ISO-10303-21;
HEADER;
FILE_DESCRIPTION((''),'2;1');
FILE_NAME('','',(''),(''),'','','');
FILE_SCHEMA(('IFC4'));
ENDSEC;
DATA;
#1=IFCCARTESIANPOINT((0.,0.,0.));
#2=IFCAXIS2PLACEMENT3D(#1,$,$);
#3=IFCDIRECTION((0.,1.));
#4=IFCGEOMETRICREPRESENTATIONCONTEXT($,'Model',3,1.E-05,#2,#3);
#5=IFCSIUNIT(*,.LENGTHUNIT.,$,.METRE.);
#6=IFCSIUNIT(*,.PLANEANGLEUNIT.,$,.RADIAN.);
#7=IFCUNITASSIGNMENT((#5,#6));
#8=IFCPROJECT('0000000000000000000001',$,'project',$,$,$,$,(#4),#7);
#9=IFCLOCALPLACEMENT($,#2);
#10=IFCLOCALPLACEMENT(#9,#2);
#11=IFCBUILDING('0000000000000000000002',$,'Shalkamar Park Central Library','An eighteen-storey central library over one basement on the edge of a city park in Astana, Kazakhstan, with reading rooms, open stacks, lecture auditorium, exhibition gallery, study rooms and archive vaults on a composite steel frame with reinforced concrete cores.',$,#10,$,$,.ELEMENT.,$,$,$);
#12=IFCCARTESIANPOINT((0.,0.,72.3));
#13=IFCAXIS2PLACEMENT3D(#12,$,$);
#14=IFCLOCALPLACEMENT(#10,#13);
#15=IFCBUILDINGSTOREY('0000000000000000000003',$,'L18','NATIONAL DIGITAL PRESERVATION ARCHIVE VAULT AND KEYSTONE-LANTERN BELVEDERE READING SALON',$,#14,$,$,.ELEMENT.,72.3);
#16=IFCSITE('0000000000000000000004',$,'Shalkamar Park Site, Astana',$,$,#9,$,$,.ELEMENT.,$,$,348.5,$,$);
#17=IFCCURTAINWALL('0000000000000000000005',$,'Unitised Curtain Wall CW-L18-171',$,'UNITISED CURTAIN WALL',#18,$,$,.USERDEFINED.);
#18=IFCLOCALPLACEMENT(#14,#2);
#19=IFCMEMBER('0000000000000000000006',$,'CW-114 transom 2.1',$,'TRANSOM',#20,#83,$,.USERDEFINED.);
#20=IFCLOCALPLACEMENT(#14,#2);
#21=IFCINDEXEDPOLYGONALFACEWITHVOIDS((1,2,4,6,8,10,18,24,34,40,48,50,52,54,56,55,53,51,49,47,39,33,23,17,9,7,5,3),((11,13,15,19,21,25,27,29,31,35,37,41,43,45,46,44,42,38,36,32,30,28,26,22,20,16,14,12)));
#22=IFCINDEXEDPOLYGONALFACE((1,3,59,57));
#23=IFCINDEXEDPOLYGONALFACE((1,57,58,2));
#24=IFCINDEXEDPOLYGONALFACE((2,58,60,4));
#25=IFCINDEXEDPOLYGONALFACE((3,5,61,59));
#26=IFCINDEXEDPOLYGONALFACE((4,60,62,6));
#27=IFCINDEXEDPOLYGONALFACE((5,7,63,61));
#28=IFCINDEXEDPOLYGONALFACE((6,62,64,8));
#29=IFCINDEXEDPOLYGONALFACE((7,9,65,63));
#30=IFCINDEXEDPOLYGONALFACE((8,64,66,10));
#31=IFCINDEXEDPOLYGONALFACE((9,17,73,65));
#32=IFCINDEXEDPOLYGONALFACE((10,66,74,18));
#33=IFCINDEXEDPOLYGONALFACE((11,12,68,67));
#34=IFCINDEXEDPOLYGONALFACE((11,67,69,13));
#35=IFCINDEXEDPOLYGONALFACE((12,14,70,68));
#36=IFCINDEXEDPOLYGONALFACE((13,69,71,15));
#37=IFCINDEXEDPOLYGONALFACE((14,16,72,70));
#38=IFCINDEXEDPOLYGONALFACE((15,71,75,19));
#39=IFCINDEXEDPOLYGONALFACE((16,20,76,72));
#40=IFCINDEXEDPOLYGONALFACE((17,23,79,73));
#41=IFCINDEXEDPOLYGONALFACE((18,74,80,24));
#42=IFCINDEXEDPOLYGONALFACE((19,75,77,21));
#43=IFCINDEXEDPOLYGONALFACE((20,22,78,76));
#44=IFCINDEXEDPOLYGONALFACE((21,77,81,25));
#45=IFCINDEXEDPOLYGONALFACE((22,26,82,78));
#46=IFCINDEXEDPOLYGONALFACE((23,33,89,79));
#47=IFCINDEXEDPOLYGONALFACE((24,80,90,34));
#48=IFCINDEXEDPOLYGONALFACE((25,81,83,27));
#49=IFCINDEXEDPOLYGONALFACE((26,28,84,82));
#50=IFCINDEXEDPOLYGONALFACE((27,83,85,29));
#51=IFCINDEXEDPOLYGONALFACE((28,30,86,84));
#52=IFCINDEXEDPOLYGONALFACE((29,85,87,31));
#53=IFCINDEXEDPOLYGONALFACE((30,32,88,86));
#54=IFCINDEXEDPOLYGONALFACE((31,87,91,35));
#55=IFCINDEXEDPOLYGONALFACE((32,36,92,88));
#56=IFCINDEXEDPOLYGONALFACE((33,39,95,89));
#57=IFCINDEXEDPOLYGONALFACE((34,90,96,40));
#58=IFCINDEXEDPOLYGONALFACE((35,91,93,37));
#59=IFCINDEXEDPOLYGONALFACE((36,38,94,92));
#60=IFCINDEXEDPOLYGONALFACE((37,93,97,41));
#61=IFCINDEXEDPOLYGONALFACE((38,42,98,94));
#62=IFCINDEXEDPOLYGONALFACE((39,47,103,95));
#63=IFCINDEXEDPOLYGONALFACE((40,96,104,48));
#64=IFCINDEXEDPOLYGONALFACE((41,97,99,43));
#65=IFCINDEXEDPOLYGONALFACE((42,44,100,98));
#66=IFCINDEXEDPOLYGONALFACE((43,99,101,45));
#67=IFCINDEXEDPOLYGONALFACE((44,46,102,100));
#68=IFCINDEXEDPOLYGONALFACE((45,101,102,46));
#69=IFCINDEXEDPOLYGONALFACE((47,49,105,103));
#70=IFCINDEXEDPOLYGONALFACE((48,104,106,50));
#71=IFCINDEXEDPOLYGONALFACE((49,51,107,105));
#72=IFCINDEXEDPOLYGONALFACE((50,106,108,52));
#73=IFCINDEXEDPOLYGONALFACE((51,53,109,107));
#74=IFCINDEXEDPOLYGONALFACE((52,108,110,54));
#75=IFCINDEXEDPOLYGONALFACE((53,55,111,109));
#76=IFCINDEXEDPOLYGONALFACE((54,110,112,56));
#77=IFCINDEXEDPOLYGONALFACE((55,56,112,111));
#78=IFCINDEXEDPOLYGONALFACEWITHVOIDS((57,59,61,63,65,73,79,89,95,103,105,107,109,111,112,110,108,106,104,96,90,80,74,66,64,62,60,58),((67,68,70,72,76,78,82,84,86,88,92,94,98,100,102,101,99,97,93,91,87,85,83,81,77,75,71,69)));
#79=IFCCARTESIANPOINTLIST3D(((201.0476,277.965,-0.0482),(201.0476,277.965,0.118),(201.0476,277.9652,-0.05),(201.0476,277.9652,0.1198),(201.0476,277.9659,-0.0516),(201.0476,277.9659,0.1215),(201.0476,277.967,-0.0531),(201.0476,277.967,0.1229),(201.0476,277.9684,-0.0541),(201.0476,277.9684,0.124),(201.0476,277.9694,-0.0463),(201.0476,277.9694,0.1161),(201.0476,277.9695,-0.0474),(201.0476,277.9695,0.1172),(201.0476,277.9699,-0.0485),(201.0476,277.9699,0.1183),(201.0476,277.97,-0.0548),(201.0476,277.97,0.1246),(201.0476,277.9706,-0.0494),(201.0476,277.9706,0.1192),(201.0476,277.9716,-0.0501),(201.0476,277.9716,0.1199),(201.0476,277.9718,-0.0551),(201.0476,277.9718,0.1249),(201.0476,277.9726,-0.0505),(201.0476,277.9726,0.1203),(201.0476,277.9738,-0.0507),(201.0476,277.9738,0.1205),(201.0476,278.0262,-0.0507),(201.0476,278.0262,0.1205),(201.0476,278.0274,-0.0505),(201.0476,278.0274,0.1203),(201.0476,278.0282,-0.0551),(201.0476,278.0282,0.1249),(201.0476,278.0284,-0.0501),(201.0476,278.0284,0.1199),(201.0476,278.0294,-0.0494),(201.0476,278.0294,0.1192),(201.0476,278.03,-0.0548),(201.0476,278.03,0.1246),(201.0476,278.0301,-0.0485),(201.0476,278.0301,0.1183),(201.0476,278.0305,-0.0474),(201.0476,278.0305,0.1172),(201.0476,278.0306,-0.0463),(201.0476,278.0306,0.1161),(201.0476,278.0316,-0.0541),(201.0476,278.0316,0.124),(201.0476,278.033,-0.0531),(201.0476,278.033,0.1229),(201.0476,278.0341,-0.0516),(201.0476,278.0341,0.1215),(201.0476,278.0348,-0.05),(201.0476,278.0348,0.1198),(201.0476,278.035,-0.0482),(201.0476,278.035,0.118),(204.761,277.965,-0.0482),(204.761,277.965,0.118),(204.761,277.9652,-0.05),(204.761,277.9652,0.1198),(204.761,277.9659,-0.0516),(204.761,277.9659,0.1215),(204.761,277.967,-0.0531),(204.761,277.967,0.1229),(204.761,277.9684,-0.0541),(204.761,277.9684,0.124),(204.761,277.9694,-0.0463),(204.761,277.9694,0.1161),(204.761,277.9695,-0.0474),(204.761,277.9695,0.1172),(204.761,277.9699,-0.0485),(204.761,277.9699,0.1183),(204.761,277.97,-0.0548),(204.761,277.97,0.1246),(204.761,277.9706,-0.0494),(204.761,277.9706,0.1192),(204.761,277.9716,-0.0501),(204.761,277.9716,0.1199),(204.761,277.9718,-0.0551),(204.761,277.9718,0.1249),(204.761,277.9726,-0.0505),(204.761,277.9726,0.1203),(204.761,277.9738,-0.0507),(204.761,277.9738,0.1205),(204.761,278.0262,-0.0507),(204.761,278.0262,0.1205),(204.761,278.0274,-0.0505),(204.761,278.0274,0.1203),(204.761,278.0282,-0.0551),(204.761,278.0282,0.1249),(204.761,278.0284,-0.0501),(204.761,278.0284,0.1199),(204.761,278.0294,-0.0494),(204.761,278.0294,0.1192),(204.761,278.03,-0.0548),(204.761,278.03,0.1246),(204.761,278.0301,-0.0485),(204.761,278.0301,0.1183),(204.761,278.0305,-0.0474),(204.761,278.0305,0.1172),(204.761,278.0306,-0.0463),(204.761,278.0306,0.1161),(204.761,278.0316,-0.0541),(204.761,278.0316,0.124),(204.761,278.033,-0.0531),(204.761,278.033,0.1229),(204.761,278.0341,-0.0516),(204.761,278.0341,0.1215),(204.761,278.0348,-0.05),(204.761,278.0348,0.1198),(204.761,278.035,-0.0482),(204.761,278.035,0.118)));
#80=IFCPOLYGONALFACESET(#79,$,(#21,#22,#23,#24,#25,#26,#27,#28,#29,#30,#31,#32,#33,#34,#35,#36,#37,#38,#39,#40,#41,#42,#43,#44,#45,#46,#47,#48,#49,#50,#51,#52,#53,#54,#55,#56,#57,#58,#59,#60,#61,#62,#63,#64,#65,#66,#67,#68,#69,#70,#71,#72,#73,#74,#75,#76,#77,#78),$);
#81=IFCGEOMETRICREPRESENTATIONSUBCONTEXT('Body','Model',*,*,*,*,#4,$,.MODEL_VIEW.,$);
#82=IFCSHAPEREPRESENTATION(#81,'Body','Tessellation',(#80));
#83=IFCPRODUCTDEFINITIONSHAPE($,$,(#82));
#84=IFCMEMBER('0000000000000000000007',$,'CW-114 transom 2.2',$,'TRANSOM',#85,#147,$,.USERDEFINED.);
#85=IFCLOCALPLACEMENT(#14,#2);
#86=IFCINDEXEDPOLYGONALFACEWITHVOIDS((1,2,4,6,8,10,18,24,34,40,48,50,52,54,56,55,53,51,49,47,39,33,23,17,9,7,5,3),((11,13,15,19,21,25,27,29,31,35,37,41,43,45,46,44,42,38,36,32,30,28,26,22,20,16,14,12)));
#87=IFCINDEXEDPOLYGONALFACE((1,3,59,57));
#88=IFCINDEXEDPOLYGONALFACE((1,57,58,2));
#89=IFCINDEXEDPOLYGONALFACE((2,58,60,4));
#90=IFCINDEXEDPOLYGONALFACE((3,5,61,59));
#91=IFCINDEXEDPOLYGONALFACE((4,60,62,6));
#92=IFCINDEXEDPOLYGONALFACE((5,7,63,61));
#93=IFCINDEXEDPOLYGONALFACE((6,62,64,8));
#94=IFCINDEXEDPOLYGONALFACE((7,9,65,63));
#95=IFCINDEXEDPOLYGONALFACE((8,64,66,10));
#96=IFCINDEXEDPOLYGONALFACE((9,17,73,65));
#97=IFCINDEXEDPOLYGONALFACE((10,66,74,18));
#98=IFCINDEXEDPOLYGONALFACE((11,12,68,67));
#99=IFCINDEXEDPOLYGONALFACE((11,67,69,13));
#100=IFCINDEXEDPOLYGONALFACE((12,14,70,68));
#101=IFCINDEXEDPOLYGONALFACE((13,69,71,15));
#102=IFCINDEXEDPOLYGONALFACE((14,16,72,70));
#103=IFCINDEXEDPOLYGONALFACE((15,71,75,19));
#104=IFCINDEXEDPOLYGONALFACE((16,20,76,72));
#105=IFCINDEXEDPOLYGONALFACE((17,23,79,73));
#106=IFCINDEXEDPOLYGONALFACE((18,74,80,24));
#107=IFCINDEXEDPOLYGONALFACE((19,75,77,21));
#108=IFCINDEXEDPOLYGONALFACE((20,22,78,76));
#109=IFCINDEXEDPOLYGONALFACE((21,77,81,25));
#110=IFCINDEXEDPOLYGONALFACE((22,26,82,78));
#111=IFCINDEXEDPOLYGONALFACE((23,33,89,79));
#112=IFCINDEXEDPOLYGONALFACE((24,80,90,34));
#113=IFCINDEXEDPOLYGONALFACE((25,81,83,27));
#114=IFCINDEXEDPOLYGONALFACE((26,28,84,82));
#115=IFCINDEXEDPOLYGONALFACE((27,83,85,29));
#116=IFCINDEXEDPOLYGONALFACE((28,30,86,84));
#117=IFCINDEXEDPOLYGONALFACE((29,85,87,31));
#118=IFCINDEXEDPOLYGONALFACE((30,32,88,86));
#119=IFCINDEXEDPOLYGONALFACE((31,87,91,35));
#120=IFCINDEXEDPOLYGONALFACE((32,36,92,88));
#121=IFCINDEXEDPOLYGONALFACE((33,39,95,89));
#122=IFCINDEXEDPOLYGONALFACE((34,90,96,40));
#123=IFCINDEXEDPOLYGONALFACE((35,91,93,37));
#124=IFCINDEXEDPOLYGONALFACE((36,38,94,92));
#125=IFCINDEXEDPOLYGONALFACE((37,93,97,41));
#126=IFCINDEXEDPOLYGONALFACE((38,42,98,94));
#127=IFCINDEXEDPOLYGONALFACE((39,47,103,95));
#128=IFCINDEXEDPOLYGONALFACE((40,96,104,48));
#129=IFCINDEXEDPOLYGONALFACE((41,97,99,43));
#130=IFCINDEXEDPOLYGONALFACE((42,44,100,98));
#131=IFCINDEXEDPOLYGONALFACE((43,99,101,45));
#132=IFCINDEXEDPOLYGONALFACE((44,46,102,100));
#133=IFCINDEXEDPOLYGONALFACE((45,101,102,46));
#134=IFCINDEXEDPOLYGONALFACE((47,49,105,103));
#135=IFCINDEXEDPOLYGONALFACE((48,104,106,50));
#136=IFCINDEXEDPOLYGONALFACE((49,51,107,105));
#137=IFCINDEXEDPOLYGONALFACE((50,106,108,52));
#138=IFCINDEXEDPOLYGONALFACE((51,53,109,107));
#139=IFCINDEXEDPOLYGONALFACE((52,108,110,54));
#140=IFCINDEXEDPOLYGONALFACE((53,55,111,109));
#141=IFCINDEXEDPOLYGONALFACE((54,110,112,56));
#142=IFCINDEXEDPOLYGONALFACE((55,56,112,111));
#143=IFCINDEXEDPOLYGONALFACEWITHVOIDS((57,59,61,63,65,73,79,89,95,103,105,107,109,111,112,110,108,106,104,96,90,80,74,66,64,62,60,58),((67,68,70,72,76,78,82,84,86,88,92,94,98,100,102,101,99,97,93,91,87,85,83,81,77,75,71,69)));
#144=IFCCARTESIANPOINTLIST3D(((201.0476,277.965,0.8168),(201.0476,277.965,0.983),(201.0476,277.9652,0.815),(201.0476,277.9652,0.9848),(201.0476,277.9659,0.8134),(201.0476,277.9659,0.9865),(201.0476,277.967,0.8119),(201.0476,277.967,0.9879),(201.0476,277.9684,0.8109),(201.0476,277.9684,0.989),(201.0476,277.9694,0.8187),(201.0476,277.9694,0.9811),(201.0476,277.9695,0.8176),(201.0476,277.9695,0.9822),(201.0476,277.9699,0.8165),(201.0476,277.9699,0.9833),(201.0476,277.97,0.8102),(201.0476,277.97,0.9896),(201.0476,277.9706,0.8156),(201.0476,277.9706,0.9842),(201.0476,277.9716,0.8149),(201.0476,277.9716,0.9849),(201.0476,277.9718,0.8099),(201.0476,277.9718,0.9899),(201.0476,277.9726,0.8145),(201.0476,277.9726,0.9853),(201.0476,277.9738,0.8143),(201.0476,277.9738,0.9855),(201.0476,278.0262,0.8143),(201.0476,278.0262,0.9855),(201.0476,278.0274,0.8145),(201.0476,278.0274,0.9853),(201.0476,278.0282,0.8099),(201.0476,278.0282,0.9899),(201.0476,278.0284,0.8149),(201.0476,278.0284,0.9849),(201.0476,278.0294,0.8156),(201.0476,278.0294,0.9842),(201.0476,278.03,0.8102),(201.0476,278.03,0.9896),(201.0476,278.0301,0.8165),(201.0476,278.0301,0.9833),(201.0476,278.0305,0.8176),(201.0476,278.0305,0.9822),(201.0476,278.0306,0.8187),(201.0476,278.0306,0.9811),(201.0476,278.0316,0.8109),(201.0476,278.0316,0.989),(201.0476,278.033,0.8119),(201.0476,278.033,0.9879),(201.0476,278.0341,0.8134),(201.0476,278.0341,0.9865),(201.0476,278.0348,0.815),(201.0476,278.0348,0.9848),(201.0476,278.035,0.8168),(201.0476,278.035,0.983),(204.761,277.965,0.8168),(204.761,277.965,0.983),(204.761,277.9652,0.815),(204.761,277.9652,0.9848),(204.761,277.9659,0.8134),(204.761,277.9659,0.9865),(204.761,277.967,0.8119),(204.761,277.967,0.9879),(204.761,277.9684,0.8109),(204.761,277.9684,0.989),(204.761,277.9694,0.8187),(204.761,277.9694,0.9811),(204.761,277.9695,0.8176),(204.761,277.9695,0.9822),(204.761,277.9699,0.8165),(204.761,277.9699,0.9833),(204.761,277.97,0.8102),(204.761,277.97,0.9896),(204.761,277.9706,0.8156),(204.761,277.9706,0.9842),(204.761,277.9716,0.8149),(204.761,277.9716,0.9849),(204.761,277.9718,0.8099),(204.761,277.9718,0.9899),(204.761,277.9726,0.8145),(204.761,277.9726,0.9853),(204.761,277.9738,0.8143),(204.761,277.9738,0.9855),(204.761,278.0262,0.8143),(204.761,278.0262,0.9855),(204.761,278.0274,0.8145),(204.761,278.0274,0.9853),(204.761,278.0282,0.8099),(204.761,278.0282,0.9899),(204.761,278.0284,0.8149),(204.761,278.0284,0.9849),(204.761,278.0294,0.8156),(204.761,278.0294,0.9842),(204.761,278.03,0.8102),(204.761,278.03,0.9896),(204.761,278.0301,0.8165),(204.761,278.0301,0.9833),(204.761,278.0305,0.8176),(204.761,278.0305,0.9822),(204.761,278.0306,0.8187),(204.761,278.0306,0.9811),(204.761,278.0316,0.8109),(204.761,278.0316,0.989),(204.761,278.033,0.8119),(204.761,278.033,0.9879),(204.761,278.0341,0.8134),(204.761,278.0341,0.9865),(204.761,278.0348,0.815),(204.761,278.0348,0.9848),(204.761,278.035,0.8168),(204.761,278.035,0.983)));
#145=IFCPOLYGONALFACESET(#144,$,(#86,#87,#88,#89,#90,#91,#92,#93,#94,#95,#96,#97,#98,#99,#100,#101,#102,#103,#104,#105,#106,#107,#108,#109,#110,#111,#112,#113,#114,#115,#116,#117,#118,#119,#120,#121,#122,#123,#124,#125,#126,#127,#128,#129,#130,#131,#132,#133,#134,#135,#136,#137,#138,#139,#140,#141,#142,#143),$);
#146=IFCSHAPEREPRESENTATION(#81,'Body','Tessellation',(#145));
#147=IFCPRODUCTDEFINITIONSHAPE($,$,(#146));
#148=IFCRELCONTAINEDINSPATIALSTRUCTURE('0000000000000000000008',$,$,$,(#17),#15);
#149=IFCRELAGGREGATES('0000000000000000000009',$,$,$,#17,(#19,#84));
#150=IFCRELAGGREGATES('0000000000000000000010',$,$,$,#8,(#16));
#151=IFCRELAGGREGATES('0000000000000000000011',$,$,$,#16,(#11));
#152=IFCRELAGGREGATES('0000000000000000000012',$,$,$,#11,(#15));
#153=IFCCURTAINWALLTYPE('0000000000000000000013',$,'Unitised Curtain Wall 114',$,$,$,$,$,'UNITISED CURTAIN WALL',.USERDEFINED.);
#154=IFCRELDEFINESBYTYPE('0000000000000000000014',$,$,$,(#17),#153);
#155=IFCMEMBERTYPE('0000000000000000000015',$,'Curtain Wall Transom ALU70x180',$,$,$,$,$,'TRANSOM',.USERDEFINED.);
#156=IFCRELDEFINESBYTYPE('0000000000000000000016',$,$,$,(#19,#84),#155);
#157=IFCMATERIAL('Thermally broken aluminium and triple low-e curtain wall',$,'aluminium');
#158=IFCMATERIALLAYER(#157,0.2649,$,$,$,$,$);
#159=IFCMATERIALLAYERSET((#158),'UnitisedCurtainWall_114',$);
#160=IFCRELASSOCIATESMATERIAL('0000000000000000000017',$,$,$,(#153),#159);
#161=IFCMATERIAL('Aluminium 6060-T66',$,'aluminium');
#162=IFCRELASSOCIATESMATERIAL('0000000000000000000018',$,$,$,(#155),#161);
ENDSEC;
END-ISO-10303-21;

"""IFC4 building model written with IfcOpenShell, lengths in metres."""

from ifc_helpers import new_model, si_unit, direction, frame, origin, origin_2d, place, context, subcontext, project, spatial, hollow_rectangle, extrude, material, layer, layer_set, material_profile, profile_set, type_object, element, aggregate, save


model = new_model("IFC4")

# Units and contexts
model_context = context("Model", 3, precision=1e-05, world=origin(), true_north=direction((0.0, 1.0)))
body_context = subcontext(model_context, "Body", "Model", "MODEL_VIEW")
ifc_project = project(units=[si_unit("LENGTHUNIT", "METRE"), si_unit("PLANEANGLEUNIT", "RADIAN")], contexts=[model_context])

# Site, building, storey
site_placement = place(None, origin())
site = spatial("IfcSite", under=ifc_project, at=site_placement, Name="Shalkamar Park Site, Astana", CompositionType="ELEMENT", RefElevation=348.5)
building_placement = place(site_placement, origin())
building = spatial("IfcBuilding", under=site, at=building_placement, Name="Shalkamar Park Central Library", Description="An eighteen-storey central library over one basement on the edge of a city park in Astana, Kazakhstan, with reading rooms, open stacks, lecture auditorium, exhibition gallery, study rooms and archive vaults on a composite steel frame with reinforced concrete cores.", CompositionType="ELEMENT")
storey_placement = place(building_placement, frame((0.0, 0.0, 72.3)))
storey = spatial("IfcBuildingStorey", under=building, at=storey_placement, Name="L18", Description="NATIONAL DIGITAL PRESERVATION ARCHIVE VAULT AND KEYSTONE-LANTERN BELVEDERE READING SALON", CompositionType="ELEMENT", Elevation=72.3)

# Curtain wall, members
ifc_material_1 = material(Name="Thermally broken aluminium and triple low-e curtain wall", Category="aluminium")
ifc_layer_1 = layer(ifc_material_1, 0.2649)
ifc_layer_set_1 = layer_set([ifc_layer_1], Name="UnitisedCurtainWall_114")
curtain_wall_type = type_object("IfcCurtainWallType", Name="Unitised Curtain Wall 114", ElementType="UNITISED CURTAIN WALL", PredefinedType="USERDEFINED", material=ifc_layer_set_1)
curtain_wall_placement = place(storey_placement, origin())
curtain_wall = element("IfcCurtainWall", 1, at=curtain_wall_placement, inside=storey, type_object=curtain_wall_type, Name="Unitised Curtain Wall CW-L18-171", ObjectType="UNITISED CURTAIN WALL", PredefinedType="USERDEFINED")
ifc_material_2 = material(Name="Aluminium 6060-T66", Category="aluminium")
ifc_material_profile_1 = material_profile(ifc_material_2, hollow_rectangle(XDim=0.0701, YDim=0.1799, WallThickness=0.0044, InnerFilletRadius=0.0044, OuterFilletRadius=0.0068, at=origin_2d()), Name="ALU 70x180x4.5")
ifc_profile_set_1 = profile_set([ifc_material_profile_1], Name="Aluminium 6060-T66")
member_type_1 = type_object("IfcMemberType", Name="Curtain Wall Transom ALU70x180", ElementType="TRANSOM", PredefinedType="USERDEFINED", material=ifc_profile_set_1)
member_1_placement = place(storey_placement, frame((201.0476, 278.0, 0.0349), z_axis=(1.0, 0.0, 0.0), x_axis=(0.0, 1.0, 0.0)))
member_1 = element("IfcMember", 2, at=member_1_placement, type_object=member_type_1, Name="CW-114 transom 2.1", ObjectType="TRANSOM", PredefinedType="USERDEFINED", context=body_context, shape_type="SweptSolid", body=[
    extrude(hollow_rectangle(XDim=0.0701, YDim=0.1799, WallThickness=0.0044, InnerFilletRadius=0.0044, OuterFilletRadius=0.0068, at=origin_2d()), origin(), (0.0, 0.0, 1.0), 3.7134),
])
member_2_placement = place(storey_placement, frame((201.0476, 278.0, 0.8999), z_axis=(1.0, 0.0, 0.0), x_axis=(0.0, 1.0, 0.0)))
member_2 = element("IfcMember", 3, at=member_2_placement, type_object=member_type_1, Name="CW-114 transom 2.2", ObjectType="TRANSOM", PredefinedType="USERDEFINED", context=body_context, shape_type="SweptSolid", body=[
    extrude(hollow_rectangle(XDim=0.0701, YDim=0.1799, WallThickness=0.0044, InnerFilletRadius=0.0044, OuterFilletRadius=0.0068, at=origin_2d()), origin(), (0.0, 0.0, 1.0), 3.7134),
])

aggregate(curtain_wall, [member_1, member_2])

save(model, "model.ifc")
